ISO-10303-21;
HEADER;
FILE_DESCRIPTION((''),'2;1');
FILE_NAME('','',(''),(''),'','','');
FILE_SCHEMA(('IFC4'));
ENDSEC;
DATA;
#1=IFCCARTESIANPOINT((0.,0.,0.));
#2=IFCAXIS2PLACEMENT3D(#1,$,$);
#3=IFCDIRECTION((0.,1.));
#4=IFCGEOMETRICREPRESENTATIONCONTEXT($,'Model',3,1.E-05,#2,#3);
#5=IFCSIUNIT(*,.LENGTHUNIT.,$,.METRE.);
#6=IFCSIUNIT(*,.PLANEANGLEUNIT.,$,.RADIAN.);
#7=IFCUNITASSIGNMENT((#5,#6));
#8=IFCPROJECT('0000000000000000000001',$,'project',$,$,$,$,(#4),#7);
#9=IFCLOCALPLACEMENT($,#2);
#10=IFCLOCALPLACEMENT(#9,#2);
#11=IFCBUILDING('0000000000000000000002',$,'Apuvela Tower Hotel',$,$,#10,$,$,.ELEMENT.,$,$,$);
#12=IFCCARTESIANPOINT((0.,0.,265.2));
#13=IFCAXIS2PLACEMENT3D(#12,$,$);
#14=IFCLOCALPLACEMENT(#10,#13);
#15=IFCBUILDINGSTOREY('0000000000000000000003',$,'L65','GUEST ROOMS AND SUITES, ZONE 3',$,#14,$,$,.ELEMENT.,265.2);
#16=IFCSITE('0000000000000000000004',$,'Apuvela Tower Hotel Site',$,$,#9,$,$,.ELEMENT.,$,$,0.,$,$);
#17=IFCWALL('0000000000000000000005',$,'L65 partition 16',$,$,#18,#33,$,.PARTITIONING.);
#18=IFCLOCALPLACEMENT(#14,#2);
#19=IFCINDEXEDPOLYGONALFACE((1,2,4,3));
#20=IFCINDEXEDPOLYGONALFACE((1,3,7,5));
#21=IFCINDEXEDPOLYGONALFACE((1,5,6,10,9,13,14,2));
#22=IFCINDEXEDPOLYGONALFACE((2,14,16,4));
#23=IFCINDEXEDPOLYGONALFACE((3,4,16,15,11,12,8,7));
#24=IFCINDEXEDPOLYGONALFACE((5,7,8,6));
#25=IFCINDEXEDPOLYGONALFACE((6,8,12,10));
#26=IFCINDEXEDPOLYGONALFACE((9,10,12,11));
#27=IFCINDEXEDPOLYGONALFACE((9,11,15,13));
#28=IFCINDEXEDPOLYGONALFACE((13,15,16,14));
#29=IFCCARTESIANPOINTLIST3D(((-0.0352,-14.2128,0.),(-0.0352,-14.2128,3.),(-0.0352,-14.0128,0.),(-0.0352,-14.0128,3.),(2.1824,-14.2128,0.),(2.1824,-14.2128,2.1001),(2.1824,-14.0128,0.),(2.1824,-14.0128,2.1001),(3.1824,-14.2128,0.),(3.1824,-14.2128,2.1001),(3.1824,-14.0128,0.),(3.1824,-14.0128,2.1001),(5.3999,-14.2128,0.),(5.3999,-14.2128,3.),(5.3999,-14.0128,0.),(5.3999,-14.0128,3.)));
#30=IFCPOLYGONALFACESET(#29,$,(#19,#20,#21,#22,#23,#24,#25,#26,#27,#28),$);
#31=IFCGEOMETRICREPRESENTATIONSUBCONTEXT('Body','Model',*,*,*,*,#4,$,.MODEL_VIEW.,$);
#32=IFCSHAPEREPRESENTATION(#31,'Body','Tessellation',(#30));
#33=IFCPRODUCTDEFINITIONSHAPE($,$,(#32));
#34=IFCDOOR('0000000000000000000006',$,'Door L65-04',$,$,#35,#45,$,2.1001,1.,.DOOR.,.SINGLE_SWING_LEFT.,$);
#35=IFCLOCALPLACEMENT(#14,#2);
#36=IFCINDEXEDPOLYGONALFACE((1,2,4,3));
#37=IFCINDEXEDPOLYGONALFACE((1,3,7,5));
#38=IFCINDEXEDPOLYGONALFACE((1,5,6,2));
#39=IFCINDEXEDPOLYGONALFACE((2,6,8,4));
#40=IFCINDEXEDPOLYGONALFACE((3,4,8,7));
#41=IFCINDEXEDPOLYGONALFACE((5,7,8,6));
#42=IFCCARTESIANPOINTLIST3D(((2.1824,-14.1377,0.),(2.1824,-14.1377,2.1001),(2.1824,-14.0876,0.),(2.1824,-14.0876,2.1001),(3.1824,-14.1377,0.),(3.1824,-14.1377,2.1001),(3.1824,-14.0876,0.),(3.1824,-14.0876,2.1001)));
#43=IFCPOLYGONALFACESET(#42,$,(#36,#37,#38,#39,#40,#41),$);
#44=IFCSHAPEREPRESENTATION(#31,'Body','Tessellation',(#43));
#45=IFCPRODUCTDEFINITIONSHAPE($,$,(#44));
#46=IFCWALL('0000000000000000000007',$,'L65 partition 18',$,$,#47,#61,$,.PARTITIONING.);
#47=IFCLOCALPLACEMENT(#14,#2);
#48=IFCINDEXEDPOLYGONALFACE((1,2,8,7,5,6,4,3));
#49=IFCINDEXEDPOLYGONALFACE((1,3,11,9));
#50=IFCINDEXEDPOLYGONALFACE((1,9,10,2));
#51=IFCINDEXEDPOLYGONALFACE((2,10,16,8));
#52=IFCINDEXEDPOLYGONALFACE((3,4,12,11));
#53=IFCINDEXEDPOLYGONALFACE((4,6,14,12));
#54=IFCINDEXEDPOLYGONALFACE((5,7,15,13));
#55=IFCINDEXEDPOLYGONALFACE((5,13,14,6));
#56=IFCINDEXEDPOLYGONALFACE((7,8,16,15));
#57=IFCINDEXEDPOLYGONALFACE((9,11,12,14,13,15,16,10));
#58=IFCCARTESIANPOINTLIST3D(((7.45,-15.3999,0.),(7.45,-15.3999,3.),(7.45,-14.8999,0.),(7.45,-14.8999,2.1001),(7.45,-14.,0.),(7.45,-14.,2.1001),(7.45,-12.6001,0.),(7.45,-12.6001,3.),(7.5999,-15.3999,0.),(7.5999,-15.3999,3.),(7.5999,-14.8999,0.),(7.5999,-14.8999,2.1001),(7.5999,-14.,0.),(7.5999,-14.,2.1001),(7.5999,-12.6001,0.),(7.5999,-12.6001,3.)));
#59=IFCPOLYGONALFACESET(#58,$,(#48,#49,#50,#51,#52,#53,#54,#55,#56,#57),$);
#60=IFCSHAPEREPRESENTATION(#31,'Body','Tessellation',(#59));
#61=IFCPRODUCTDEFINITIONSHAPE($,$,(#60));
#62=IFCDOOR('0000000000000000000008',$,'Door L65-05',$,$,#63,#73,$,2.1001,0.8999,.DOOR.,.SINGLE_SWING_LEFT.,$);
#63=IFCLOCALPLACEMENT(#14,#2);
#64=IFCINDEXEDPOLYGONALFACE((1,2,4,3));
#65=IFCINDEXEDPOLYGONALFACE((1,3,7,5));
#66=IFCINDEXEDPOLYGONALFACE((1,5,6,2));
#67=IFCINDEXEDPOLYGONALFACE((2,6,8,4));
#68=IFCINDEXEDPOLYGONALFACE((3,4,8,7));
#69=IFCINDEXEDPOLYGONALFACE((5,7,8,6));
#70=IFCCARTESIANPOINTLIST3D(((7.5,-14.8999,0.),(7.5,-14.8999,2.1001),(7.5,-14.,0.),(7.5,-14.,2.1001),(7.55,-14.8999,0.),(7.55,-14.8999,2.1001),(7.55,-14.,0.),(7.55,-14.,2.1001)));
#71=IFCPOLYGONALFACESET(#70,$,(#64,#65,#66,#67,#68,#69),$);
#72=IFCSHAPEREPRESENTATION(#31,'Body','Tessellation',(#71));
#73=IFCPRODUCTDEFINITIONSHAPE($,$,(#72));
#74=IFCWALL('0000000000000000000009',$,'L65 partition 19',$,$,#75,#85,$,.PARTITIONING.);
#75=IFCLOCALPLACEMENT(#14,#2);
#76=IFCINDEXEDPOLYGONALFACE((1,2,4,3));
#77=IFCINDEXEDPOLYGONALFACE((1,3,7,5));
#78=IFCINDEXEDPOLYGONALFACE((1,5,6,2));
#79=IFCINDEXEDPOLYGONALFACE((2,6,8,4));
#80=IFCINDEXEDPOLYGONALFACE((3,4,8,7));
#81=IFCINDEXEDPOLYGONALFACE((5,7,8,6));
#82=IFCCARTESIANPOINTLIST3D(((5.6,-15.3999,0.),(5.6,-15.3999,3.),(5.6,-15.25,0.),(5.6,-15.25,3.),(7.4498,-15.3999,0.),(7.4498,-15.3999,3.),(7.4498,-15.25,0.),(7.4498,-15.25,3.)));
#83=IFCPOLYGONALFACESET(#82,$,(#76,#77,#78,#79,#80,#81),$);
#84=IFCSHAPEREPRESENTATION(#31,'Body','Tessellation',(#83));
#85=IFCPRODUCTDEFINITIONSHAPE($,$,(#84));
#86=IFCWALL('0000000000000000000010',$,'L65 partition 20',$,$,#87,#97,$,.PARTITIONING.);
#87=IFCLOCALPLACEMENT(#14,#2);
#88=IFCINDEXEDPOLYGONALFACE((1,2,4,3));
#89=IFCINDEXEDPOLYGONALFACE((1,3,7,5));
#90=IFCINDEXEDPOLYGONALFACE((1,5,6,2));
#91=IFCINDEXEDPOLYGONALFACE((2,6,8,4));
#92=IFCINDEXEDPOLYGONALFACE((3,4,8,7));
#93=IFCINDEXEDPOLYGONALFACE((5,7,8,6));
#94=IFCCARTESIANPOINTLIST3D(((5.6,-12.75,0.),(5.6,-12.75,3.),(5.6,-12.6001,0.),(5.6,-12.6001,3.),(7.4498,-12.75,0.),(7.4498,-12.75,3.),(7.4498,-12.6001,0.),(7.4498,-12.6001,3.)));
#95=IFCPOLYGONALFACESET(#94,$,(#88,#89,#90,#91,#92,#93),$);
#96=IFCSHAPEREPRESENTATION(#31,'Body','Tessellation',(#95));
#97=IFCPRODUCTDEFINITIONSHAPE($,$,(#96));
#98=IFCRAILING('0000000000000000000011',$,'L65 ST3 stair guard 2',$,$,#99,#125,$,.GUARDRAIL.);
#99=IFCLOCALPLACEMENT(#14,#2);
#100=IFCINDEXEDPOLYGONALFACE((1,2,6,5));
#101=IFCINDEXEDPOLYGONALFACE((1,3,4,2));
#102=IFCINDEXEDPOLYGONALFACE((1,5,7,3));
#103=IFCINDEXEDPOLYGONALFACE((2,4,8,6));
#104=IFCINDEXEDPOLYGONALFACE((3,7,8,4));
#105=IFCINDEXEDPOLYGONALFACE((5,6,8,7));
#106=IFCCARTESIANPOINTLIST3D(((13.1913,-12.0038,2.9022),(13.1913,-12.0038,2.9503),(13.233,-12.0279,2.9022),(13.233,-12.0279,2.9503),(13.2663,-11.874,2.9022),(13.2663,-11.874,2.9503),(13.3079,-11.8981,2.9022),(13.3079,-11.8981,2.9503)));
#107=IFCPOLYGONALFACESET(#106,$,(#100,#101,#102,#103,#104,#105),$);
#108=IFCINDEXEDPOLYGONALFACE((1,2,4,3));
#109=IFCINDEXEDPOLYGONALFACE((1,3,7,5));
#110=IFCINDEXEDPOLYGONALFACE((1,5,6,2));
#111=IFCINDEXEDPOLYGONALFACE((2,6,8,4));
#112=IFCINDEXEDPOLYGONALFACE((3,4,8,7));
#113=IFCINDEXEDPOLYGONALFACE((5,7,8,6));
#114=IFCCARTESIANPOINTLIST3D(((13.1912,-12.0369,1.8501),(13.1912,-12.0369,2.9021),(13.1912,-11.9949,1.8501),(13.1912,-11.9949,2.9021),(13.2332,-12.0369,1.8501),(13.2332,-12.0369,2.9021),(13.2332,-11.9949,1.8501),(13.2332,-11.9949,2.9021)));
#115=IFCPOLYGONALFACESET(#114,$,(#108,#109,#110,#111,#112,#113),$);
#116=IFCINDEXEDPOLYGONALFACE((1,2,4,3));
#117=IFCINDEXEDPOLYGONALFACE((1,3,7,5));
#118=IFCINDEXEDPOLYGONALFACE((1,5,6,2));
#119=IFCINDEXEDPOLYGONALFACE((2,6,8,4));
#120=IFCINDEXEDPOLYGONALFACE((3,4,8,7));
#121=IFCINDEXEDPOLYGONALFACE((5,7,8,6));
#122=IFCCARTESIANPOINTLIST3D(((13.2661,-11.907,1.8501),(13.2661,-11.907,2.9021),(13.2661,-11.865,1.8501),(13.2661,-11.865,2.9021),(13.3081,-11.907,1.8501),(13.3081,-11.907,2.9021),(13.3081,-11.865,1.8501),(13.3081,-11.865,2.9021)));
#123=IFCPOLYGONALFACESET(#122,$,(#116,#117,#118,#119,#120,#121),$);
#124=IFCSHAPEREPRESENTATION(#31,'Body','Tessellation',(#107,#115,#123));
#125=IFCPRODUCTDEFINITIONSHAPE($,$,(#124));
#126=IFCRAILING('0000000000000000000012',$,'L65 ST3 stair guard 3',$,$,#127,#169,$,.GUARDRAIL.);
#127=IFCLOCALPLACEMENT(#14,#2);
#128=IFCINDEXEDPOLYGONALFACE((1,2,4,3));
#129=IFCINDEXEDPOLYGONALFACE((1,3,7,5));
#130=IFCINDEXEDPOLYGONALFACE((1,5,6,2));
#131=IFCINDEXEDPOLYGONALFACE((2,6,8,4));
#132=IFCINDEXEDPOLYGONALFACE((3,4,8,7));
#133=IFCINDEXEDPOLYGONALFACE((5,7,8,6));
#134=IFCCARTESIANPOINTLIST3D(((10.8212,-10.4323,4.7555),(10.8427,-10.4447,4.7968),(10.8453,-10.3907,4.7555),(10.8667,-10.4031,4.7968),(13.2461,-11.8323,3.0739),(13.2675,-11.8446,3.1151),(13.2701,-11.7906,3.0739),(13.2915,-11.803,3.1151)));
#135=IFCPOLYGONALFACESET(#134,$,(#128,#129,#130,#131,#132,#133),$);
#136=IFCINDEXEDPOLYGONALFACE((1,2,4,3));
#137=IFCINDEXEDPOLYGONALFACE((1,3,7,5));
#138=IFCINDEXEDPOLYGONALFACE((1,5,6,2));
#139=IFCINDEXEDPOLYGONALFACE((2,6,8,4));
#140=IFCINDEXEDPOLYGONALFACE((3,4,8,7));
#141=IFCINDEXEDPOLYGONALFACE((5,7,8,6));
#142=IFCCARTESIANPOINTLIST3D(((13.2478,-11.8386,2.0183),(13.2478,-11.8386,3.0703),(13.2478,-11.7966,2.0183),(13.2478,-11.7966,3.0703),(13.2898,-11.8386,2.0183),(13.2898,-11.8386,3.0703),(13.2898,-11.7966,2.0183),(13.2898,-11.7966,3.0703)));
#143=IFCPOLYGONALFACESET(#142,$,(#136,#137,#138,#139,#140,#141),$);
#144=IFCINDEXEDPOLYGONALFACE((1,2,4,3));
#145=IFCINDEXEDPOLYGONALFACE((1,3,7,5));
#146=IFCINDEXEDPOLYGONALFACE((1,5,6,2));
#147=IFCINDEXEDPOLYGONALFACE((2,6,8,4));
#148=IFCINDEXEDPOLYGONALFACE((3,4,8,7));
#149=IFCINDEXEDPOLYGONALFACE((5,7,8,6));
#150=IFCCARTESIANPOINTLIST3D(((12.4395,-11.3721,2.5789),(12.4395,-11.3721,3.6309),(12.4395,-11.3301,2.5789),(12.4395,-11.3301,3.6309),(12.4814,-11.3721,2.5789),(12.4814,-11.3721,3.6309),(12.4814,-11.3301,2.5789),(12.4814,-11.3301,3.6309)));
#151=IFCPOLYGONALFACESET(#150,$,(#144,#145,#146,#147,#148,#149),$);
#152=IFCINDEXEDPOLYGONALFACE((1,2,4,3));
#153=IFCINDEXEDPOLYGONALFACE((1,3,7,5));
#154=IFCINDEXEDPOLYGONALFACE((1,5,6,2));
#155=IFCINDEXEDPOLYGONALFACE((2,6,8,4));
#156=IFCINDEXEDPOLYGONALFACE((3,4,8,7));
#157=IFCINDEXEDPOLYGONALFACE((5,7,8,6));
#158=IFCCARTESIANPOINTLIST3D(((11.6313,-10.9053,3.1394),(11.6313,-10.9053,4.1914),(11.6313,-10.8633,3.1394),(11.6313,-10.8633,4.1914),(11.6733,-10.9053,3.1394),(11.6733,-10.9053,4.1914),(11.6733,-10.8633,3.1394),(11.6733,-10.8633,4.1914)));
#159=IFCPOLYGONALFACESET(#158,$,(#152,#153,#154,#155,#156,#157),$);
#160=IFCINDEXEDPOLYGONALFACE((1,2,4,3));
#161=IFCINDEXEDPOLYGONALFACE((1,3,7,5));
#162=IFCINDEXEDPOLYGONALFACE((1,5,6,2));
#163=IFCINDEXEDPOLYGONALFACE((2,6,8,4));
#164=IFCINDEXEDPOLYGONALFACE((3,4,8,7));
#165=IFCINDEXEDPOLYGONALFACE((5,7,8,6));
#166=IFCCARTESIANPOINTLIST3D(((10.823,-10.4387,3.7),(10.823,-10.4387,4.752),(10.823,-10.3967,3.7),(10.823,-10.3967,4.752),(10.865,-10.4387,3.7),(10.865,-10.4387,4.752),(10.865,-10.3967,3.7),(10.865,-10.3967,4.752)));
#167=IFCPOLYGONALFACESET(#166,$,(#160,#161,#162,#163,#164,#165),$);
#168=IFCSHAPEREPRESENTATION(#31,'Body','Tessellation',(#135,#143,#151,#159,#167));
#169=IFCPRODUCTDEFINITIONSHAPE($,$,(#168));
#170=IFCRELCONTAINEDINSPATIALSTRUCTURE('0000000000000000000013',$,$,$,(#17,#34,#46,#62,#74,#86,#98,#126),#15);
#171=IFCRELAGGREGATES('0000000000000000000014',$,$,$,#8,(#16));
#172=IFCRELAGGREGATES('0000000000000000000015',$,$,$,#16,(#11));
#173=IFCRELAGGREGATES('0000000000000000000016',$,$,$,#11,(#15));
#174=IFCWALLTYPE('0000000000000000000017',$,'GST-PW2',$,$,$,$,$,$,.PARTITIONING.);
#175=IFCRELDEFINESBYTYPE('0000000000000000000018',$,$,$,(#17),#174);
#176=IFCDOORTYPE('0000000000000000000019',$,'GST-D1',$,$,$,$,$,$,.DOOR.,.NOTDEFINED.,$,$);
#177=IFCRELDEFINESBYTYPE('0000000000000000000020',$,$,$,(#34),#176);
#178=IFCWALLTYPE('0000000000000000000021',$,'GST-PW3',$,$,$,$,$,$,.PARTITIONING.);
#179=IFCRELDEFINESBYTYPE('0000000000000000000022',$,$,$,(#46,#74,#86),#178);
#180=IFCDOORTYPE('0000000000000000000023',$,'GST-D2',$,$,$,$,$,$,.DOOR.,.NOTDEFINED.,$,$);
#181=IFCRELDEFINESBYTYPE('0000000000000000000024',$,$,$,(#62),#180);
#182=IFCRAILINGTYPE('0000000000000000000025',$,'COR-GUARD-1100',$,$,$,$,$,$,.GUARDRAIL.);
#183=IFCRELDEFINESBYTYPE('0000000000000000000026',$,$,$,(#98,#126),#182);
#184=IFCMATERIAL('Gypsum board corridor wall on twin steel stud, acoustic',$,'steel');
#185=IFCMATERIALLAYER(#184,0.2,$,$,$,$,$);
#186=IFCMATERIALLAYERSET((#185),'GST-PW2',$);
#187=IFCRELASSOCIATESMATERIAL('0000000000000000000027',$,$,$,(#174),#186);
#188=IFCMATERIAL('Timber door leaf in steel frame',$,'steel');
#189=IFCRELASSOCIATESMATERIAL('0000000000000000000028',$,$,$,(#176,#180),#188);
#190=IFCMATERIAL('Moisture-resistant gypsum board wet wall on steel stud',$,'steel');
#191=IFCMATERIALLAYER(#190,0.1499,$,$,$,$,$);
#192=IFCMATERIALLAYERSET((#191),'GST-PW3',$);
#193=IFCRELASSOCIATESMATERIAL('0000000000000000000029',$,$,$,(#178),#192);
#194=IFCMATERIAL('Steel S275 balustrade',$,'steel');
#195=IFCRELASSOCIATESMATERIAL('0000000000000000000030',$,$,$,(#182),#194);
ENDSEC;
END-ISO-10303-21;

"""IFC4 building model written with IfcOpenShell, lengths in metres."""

from ifc_helpers import new_model, si_unit, direction, frame, frame_2d, origin, origin_2d, place, context, subcontext, project, spatial, rectangle, extrude, material, layer, layer_set, type_object, element, fill, save


model = new_model("IFC4")

# Units and contexts
model_context = context("Model", 3, precision=1e-05, world=origin(), true_north=direction((0.0, 1.0)))
body_context = subcontext(model_context, "Body", "Model", "MODEL_VIEW")
ifc_project = project(units=[si_unit("LENGTHUNIT", "METRE"), si_unit("PLANEANGLEUNIT", "RADIAN")], contexts=[model_context])

# Site, building, storey
site_placement = place(None, origin())
site = spatial("IfcSite", under=ifc_project, at=site_placement, Name="Apuvela Tower Hotel Site", CompositionType="ELEMENT", RefElevation=0.0)
building_placement = place(site_placement, origin())
building = spatial("IfcBuilding", under=site, at=building_placement, Name="Apuvela Tower Hotel", CompositionType="ELEMENT")
storey_placement = place(building_placement, frame((0.0, 0.0, 265.2)))
storey = spatial("IfcBuildingStorey", under=building, at=storey_placement, Name="L65", Description="GUEST ROOMS AND SUITES, ZONE 3", CompositionType="ELEMENT", Elevation=265.2)

# Walls, openings, doors
ifc_material_1 = material(Name="Gypsum board corridor wall on twin steel stud, acoustic", Category="steel")
ifc_layer_1 = layer(ifc_material_1, 0.2)
ifc_layer_set_1 = layer_set([ifc_layer_1], Name="GST-PW2")
wall_type_1 = type_object("IfcWallType", Name="GST-PW2", PredefinedType="PARTITIONING", material=ifc_layer_set_1)
wall_1_placement = place(storey_placement, frame((5.3999, -14.1128, 0.0), z_axis=(0.0, 0.0, 1.0), x_axis=(-1.0, 0.0, 0.0)))
wall_1 = element("IfcWall", 1, at=wall_1_placement, inside=storey, type_object=wall_type_1, Name="L65 partition 16", PredefinedType="PARTITIONING", context=body_context, shape_type="SweptSolid", body=[
    extrude(rectangle(XDim=5.4351, YDim=0.2, at=frame_2d((2.7175, 0.0))), origin(), (0.0, 0.0, 1.0), 3.0),
])
opening_1_placement = place(wall_1_placement, frame((2.2175, 0.0, 0.0)))
opening_1 = element("IfcOpeningElement", 2, at=opening_1_placement, cuts=wall_1, PredefinedType="OPENING", context=body_context, shape_type="SweptSolid", body=[
    extrude(rectangle(XDim=1.0, YDim=2.1001, at=frame_2d((0.5, 1.05))), frame((0.0, 0.1099, 0.0), z_axis=(0.0, -1.0, 0.0), x_axis=(1.0, 0.0, 0.0)), (0.0, 0.0, 1.0), 0.22),
])
ifc_material_2 = material(Name="Timber door leaf in steel frame", Category="steel")
door_type_1 = type_object("IfcDoorType", Name="GST-D1", OperationType="NOTDEFINED", PredefinedType="DOOR", material=ifc_material_2)
door_1_placement = place(opening_1_placement, origin())
door_1 = element("IfcDoor", 3, at=door_1_placement, inside=storey, type_object=door_type_1, Name="Door L65-04", OperationType="SINGLE_SWING_LEFT", OverallHeight=2.1001, OverallWidth=1.0, PredefinedType="DOOR", context=body_context, shape_type="SweptSolid", body=[
    extrude(rectangle(XDim=1.0, YDim=2.1001, at=frame_2d((0.5, 1.05))), frame((0.0, 0.0249, 0.0), z_axis=(0.0, -1.0, 0.0), x_axis=(1.0, 0.0, 0.0)), (0.0, 0.0, 1.0), 0.05),
])
fill(opening_1, door_1)
ifc_material_3 = material(Name="Moisture-resistant gypsum board wet wall on steel stud", Category="steel")
ifc_layer_2 = layer(ifc_material_3, 0.1499)
ifc_layer_set_2 = layer_set([ifc_layer_2], Name="GST-PW3")
wall_type_2 = type_object("IfcWallType", Name="GST-PW3", PredefinedType="PARTITIONING", material=ifc_layer_set_2)
wall_2_placement = place(storey_placement, frame((7.5249, -15.3999, 0.0), z_axis=(0.0, 0.0, 1.0), x_axis=(0.0, 1.0, 0.0)))
wall_2 = element("IfcWall", 4, at=wall_2_placement, inside=storey, type_object=wall_type_2, Name="L65 partition 18", PredefinedType="PARTITIONING", context=body_context, shape_type="SweptSolid", body=[
    extrude(rectangle(XDim=2.7998, YDim=0.1499, at=frame_2d((1.3999, 0.0))), origin(), (0.0, 0.0, 1.0), 3.0),
])
opening_2_placement = place(wall_2_placement, frame((0.5, 0.0, 0.0)))
opening_2 = element("IfcOpeningElement", 5, at=opening_2_placement, cuts=wall_2, PredefinedType="OPENING", context=body_context, shape_type="SweptSolid", body=[
    extrude(rectangle(XDim=0.8999, YDim=2.1001, at=frame_2d((0.45, 1.05))), frame((0.0, 0.085, 0.0), z_axis=(0.0, -1.0, 0.0), x_axis=(1.0, 0.0, 0.0)), (0.0, 0.0, 1.0), 0.1699),
])
door_type_2 = type_object("IfcDoorType", Name="GST-D2", OperationType="NOTDEFINED", PredefinedType="DOOR", material=ifc_material_2)
door_2_placement = place(opening_2_placement, origin())
door_2 = element("IfcDoor", 6, at=door_2_placement, inside=storey, type_object=door_type_2, Name="Door L65-05", OperationType="SINGLE_SWING_LEFT", OverallHeight=2.1001, OverallWidth=0.8999, PredefinedType="DOOR", context=body_context, shape_type="SweptSolid", body=[
    extrude(rectangle(XDim=0.8999, YDim=2.1001, at=frame_2d((0.45, 1.05))), frame((0.0, 0.0249, 0.0), z_axis=(0.0, -1.0, 0.0), x_axis=(1.0, 0.0, 0.0)), (0.0, 0.0, 1.0), 0.05),
])
fill(opening_2, door_2)

# Walls
for number, where, z_axis, x_axis, name in (
    (7, (5.6001, -15.325, 0.0), (0.0, 0.0, 1.0), (1.0, 0.0, 0.0), "L65 partition 19"),
    (8, (5.6001, -12.675, 0.0), (0.0, 0.0, 1.0), (1.0, 0.0, 0.0), "L65 partition 20"),
):
    element("IfcWall", number, at=place(storey_placement, frame(where, z_axis=z_axis, x_axis=x_axis)), inside=storey, type_object=wall_type_2, Name=name, PredefinedType="PARTITIONING", context=body_context, shape_type="SweptSolid", body=[
        extrude(rectangle(XDim=1.8499, YDim=0.1499, at=frame_2d((0.9248, 0.0))), origin(), (0.0, 0.0, 1.0), 3.0),
    ])

# Railings
ifc_material_4 = material(Name="Steel S275 balustrade", Category="steel")
railing_type_1 = type_object("IfcRailingType", Name="COR-GUARD-1100", PredefinedType="GUARDRAIL", material=ifc_material_4)
railing_1_placement = place(storey_placement, frame((13.2122, -12.0159, 1.8501)))
element("IfcRailing", 9, at=railing_1_placement, inside=storey, type_object=railing_type_1, Name="L65 ST3 stair guard 2", PredefinedType="GUARDRAIL", context=body_context, shape_type="SweptSolid", body=[
    extrude(rectangle(XDim=0.0481, YDim=0.0481, at=origin_2d()), frame((0.0, 0.0, 1.0762), z_axis=(0.499816, 0.866131, 0.0), x_axis=(-0.866131, 0.499816, 0.0)), (0.0, 0.0, 1.0), 0.1499),
    extrude(rectangle(XDim=0.042, YDim=0.042, at=origin_2d()), origin(), (0.0, 0.0, 1.0), 1.052),
    extrude(rectangle(XDim=0.042, YDim=0.042, at=origin_2d()), frame((0.075, 0.1299, 0.0)), (0.0, 0.0, 1.0), 1.052),
])
railing_2_placement = place(storey_placement, frame((13.2688, -11.8176, 2.0183)))
element("IfcRailing", 10, at=railing_2_placement, inside=storey, type_object=railing_type_1, Name="L65 ST3 stair guard 3", PredefinedType="GUARDRAIL", context=body_context, shape_type="SweptSolid", body=[
    extrude(rectangle(XDim=0.0481, YDim=0.0481, at=origin_2d()), frame((0.0, 0.0, 1.0762), z_axis=(-0.742419, 0.428618, 0.514879), x_axis=(-0.499984, -0.866035, 0.0)), (0.0, 0.0, 1.0), 3.2661),
    extrude(rectangle(XDim=0.042, YDim=0.042, at=origin_2d()), origin(), (0.0, 0.0, 1.0), 1.052),
    extrude(rectangle(XDim=0.042, YDim=0.042, at=origin_2d()), frame((-0.8083, 0.4666, 0.5605)), (0.0, 0.0, 1.0), 1.052),
    extrude(rectangle(XDim=0.042, YDim=0.042, at=origin_2d()), frame((-1.6165, 0.9333, 1.1211)), (0.0, 0.0, 1.0), 1.052),
    extrude(rectangle(XDim=0.042, YDim=0.042, at=origin_2d()), frame((-2.4248, 1.3999, 1.6816)), (0.0, 0.0, 1.0), 1.052),
])

save(model, "model.ifc")
